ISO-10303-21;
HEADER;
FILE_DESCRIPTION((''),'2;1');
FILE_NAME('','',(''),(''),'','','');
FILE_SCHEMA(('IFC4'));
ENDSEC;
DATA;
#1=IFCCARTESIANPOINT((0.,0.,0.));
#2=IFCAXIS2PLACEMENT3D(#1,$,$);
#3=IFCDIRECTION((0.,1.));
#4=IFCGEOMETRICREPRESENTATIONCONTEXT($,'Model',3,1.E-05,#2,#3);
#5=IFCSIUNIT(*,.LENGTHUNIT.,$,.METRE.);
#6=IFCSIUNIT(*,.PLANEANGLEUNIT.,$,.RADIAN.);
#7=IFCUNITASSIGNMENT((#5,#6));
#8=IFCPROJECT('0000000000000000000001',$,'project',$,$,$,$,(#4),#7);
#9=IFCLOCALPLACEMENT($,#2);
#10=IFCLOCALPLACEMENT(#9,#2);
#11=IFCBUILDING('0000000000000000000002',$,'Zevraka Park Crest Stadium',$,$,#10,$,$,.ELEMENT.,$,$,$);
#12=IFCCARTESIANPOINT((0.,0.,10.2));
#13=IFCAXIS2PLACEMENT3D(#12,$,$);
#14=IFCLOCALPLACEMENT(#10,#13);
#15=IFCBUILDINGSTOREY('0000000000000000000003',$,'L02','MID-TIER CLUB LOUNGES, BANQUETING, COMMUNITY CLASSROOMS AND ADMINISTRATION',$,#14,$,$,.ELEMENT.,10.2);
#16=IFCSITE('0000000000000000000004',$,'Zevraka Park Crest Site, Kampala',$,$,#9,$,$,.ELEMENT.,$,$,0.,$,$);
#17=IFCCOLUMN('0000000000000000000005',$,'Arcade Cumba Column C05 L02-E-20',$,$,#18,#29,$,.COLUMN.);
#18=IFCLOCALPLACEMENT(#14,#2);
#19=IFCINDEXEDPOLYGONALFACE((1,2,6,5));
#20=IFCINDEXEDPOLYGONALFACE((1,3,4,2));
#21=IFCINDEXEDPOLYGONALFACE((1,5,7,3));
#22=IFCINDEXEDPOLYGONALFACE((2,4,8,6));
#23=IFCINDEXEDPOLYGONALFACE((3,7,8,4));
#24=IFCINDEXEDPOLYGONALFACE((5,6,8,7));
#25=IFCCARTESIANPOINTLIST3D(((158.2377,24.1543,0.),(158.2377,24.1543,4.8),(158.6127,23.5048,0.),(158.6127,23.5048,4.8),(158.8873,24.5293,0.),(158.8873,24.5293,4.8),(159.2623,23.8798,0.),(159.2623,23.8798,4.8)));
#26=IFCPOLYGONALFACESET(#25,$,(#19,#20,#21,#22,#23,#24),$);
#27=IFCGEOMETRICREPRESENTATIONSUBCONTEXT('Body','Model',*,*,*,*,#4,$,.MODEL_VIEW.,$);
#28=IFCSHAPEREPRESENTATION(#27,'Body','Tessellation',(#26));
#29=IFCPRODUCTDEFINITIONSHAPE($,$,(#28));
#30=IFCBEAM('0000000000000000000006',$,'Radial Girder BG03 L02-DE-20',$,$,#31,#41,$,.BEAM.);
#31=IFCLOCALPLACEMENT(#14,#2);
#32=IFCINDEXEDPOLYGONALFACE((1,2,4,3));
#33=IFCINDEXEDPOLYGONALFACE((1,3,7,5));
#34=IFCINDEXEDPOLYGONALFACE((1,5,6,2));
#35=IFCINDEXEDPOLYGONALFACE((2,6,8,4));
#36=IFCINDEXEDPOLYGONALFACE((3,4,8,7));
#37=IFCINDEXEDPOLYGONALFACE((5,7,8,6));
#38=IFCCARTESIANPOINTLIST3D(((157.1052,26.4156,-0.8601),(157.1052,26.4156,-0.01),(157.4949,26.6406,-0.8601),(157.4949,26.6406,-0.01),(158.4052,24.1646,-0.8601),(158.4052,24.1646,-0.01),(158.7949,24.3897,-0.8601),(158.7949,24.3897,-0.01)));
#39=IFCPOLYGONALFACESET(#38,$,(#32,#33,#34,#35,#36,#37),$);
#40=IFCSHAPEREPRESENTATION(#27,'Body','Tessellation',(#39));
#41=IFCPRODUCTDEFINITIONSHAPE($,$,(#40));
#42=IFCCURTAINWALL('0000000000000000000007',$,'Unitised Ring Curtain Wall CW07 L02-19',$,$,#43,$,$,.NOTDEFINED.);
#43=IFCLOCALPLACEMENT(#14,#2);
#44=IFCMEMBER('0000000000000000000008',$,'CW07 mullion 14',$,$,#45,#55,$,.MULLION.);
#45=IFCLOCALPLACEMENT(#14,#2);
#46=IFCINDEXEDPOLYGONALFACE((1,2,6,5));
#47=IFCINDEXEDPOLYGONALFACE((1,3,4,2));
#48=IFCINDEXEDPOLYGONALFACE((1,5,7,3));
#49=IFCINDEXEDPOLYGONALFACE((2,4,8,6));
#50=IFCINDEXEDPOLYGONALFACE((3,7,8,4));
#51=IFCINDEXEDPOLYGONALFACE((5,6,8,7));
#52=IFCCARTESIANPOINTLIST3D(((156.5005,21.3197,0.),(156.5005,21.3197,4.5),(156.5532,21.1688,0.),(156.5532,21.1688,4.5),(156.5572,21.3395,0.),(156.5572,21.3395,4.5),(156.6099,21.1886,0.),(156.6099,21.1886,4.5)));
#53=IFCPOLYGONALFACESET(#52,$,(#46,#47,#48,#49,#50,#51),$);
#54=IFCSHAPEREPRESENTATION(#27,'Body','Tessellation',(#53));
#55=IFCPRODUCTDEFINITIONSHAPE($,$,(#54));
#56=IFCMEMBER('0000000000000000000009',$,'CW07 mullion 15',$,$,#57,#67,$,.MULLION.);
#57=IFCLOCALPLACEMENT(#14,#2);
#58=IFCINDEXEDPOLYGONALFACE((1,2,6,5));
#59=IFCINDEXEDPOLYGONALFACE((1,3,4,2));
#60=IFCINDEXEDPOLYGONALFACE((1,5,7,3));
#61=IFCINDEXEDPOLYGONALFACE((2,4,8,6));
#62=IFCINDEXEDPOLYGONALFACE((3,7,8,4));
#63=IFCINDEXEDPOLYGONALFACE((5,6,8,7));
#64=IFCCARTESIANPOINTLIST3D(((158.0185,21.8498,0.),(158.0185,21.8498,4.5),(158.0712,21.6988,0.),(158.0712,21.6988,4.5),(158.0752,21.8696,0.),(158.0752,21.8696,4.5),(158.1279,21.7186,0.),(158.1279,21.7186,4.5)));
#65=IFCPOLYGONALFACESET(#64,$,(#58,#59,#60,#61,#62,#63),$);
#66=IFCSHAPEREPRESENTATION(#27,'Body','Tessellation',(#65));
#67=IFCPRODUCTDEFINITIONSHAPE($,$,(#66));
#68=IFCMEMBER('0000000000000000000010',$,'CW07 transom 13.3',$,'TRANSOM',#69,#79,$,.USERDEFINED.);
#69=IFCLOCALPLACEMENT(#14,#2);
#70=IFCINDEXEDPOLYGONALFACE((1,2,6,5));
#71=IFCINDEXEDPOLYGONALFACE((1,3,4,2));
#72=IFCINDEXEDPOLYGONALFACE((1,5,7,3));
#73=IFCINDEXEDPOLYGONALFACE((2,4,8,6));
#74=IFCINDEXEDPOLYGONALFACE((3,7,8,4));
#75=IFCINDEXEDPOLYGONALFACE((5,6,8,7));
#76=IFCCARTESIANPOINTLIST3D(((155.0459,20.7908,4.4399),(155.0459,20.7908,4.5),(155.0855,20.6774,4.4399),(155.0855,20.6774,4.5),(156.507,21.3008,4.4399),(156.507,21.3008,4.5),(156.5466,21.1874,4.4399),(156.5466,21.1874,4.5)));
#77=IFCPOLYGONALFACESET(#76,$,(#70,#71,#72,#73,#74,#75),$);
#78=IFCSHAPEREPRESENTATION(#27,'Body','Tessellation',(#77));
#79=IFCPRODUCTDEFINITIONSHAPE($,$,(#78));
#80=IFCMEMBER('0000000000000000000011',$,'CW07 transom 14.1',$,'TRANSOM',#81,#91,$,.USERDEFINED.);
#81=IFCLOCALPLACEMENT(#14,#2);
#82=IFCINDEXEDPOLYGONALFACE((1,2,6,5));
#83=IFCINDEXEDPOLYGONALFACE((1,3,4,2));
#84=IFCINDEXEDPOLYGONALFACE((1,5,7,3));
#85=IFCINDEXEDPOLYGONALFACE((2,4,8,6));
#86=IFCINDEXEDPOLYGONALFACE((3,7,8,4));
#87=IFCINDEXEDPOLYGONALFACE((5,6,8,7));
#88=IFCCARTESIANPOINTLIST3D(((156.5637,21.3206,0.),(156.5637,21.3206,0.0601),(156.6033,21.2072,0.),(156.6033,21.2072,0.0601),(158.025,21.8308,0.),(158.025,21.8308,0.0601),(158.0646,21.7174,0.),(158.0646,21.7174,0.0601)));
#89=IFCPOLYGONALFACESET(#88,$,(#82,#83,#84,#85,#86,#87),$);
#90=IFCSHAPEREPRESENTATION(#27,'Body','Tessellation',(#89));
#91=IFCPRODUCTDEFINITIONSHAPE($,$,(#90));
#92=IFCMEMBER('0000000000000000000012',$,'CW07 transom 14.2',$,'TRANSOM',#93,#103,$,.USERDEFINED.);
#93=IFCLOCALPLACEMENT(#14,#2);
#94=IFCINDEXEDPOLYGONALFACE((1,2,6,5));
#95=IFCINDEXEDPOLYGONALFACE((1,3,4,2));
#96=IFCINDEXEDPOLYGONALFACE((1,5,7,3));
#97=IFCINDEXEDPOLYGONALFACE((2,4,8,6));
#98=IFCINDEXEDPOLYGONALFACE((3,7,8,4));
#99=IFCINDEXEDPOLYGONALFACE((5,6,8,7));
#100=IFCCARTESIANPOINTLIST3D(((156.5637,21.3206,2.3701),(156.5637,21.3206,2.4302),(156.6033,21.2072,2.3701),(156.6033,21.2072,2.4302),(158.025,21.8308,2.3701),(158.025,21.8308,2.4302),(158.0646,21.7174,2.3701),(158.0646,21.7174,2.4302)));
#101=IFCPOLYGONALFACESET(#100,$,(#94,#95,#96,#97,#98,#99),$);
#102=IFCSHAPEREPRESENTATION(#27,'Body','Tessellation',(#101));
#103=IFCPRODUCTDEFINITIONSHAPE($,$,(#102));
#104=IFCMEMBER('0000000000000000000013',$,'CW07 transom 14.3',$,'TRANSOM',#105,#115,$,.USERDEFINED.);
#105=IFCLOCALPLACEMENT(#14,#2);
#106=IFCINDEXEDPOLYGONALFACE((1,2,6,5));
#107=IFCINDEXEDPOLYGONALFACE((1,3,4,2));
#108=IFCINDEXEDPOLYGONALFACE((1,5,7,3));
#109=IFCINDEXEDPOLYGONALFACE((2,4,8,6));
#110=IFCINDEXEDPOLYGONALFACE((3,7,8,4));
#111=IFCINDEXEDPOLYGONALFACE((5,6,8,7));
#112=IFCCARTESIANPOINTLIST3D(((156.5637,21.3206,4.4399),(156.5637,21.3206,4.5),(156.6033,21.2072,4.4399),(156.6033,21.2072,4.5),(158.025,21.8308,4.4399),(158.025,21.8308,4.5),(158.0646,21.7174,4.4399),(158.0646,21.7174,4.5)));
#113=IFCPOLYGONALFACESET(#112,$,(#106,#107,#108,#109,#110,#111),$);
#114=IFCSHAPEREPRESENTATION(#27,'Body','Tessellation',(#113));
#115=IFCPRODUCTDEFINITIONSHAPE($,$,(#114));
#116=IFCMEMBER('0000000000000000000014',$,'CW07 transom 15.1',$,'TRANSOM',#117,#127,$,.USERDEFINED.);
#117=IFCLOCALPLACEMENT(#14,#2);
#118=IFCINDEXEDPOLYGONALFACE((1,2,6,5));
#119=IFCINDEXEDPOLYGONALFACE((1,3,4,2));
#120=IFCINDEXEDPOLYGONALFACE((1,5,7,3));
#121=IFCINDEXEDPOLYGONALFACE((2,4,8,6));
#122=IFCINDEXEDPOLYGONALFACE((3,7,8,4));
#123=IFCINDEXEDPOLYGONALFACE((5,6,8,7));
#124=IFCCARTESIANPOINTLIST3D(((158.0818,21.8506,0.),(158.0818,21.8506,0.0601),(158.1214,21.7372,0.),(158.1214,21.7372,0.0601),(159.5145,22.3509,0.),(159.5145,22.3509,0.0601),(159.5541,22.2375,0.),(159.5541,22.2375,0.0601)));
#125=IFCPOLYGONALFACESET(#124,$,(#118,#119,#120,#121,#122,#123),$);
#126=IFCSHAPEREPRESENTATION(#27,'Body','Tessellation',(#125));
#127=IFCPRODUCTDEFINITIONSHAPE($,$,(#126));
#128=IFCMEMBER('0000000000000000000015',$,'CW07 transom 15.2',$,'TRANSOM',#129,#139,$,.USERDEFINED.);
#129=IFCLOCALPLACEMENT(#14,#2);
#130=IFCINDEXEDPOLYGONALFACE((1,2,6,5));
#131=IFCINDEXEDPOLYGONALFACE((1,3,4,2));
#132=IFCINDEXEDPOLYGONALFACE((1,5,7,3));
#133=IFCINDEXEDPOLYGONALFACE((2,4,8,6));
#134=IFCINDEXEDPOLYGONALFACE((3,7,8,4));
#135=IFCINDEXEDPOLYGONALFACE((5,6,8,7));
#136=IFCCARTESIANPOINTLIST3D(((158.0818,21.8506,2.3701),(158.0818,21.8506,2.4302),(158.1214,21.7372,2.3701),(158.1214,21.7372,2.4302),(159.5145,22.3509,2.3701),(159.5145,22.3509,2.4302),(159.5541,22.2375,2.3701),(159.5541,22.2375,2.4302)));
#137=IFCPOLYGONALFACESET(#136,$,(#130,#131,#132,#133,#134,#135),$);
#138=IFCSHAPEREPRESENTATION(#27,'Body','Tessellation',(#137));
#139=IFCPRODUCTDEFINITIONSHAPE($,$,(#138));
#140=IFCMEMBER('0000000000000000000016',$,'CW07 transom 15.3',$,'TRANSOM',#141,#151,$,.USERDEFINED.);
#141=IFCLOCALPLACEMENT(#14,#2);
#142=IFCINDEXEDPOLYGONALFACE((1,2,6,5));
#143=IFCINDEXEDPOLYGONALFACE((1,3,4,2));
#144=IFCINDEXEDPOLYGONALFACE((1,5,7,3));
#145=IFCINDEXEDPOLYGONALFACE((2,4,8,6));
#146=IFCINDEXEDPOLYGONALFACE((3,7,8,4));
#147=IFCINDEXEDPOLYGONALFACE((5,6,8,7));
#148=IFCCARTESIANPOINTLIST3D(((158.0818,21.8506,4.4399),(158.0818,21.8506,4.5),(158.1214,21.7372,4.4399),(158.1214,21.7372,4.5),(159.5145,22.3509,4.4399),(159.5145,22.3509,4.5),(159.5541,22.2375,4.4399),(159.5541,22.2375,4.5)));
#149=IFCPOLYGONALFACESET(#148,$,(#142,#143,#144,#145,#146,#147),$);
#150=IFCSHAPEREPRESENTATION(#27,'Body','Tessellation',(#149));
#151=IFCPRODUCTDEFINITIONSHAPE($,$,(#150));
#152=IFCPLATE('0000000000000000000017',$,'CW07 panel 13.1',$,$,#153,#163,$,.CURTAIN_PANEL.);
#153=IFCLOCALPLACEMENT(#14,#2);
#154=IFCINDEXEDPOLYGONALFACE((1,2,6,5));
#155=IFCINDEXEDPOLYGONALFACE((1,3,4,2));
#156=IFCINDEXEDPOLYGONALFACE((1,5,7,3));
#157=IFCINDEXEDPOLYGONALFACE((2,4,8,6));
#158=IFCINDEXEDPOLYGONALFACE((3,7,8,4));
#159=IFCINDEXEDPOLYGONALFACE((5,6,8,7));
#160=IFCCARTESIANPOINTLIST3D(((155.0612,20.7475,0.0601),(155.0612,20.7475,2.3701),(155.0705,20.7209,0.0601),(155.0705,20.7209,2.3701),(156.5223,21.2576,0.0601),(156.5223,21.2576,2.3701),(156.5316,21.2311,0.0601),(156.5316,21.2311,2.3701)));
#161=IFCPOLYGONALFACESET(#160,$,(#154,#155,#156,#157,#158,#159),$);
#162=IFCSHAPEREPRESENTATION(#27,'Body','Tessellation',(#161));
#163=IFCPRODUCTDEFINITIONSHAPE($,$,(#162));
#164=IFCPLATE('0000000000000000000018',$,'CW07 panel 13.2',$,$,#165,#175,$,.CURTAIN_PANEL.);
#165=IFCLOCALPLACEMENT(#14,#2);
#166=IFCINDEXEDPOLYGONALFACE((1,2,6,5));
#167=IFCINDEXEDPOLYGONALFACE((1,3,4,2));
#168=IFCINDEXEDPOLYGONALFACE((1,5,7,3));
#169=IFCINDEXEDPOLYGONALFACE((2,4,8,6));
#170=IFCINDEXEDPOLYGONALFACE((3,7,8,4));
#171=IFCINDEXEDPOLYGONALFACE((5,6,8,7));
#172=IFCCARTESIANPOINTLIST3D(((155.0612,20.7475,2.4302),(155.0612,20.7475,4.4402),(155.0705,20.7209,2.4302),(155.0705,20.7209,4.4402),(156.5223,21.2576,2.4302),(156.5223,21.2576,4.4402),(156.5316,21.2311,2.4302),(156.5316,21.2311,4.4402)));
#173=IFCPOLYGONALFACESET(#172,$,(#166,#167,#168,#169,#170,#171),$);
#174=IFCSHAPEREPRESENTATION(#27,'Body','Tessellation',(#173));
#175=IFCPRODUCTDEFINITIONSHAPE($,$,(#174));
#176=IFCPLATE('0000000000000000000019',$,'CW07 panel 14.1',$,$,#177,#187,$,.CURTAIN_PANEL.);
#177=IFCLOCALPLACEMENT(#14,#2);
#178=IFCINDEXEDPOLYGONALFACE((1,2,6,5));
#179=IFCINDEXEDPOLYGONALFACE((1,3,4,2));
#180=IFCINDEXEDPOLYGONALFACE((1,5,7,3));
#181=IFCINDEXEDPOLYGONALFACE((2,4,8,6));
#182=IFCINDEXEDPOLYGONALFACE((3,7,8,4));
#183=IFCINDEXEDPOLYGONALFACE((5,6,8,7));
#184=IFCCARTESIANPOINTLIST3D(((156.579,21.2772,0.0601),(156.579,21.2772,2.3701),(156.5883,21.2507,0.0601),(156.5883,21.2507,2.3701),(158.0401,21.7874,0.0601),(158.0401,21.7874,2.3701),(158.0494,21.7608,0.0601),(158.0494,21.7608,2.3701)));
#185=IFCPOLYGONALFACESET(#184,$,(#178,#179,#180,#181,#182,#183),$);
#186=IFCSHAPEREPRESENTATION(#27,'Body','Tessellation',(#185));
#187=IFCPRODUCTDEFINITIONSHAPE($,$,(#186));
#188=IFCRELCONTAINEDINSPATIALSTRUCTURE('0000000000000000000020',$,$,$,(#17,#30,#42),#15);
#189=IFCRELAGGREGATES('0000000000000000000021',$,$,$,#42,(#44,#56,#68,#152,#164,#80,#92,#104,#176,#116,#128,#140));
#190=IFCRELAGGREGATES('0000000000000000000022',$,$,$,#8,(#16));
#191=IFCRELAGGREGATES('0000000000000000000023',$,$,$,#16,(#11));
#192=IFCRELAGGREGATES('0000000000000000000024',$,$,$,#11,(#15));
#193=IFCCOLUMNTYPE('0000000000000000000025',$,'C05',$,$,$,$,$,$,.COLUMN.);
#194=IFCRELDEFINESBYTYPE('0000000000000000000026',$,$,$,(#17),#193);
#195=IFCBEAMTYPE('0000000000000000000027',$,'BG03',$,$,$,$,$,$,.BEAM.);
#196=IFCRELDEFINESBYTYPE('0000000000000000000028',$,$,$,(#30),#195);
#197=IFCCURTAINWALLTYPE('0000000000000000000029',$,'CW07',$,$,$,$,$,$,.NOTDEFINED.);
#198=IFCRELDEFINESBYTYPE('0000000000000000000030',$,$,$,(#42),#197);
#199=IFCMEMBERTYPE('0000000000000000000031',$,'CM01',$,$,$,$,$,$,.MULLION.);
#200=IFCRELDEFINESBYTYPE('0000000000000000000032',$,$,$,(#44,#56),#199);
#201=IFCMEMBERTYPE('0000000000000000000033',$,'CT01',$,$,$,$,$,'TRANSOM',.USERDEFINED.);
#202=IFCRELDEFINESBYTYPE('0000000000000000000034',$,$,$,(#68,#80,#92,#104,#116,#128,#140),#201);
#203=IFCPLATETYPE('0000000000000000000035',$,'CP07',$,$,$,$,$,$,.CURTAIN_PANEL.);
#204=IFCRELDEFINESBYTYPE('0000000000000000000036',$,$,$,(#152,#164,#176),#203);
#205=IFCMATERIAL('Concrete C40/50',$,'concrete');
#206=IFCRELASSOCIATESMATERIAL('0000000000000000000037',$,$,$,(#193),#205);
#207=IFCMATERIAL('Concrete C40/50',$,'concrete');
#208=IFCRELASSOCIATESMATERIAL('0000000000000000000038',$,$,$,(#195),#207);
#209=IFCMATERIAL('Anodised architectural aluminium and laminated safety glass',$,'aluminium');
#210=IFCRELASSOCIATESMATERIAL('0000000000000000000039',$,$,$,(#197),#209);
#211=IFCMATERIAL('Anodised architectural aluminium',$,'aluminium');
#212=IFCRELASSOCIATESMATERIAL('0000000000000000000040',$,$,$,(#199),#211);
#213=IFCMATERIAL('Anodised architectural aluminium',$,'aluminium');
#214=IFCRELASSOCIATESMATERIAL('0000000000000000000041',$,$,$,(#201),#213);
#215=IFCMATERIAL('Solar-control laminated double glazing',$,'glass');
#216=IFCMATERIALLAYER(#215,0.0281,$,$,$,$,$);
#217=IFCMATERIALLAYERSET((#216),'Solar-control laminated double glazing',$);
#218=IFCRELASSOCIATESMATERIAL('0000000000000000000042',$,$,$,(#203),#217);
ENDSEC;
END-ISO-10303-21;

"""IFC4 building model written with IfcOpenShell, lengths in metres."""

from ifc_helpers import new_model, si_unit, direction, frame, origin, origin_2d, place, context, subcontext, project, spatial, rectangle, extrude, material, layer, layer_set, material_profile, profile_set, type_object, element, aggregate, save


model = new_model("IFC4")

# Units and contexts
model_context = context("Model", 3, precision=1e-05, world=origin(), true_north=direction((0.0, 1.0)))
body_context = subcontext(model_context, "Body", "Model", "MODEL_VIEW")
ifc_project = project(units=[si_unit("LENGTHUNIT", "METRE"), si_unit("PLANEANGLEUNIT", "RADIAN")], contexts=[model_context])

# Site, building, storey
site_placement = place(None, origin())
site = spatial("IfcSite", under=ifc_project, at=site_placement, Name="Zevraka Park Crest Site, Kampala", CompositionType="ELEMENT", RefElevation=0.0)
building_placement = place(site_placement, origin())
building = spatial("IfcBuilding", under=site, at=building_placement, Name="Zevraka Park Crest Stadium", CompositionType="ELEMENT")
storey_placement = place(building_placement, frame((0.0, 0.0, 10.2)))
storey = spatial("IfcBuildingStorey", under=building, at=storey_placement, Name="L02", Description="MID-TIER CLUB LOUNGES, BANQUETING, COMMUNITY CLASSROOMS AND ADMINISTRATION", CompositionType="ELEMENT", Elevation=10.2)

# Column
ifc_material_1 = material(Name="Concrete C40/50", Category="concrete")
ifc_material_profile_1 = material_profile(ifc_material_1, rectangle(XDim=0.75, YDim=0.75, at=origin_2d()), Name="RC 750x750")
ifc_profile_set_1 = profile_set([ifc_material_profile_1], Name="Concrete C40/50")
column_type = type_object("IfcColumnType", Name="C05", PredefinedType="COLUMN", material=ifc_profile_set_1)
column_placement = place(storey_placement, frame((158.75, 24.0171, 0.0), z_axis=(0.0, 0.0, 1.0), x_axis=(-0.5, 0.866025, 0.0)))
element("IfcColumn", 1, at=column_placement, inside=storey, type_object=column_type, Name="Arcade Cumba Column C05 L02-E-20", PredefinedType="COLUMN", context=body_context, shape_type="SweptSolid", body=[
    extrude(rectangle(XDim=0.75, YDim=0.75, at=origin_2d()), origin(), (0.0, 0.0, 1.0), 4.8),
])

# Beam
ifc_material_2 = material(Name="Concrete C40/50", Category="concrete")
ifc_material_profile_2 = material_profile(ifc_material_2, rectangle(XDim=0.45, YDim=0.8501, at=origin_2d()), Name="RC 850x450")
ifc_profile_set_2 = profile_set([ifc_material_profile_2], Name="Concrete C40/50")
beam_type = type_object("IfcBeamType", Name="BG03", PredefinedType="BEAM", material=ifc_profile_set_2)
beam_placement = place(storey_placement, frame((157.3, 26.5281, -0.4351), z_axis=(0.500129, -0.865951, 0.0), x_axis=(0.865951, 0.500129, 0.0)))
element("IfcBeam", 2, at=beam_placement, inside=storey, type_object=beam_type, Name="Radial Girder BG03 L02-DE-20", PredefinedType="BEAM", context=body_context, shape_type="SweptSolid", body=[
    extrude(rectangle(XDim=0.45, YDim=0.8501, at=origin_2d()), origin(), (0.0, 0.0, 1.0), 2.5994),
])

# Curtain wall, members, plates
ifc_material_3 = material(Name="Anodised architectural aluminium and laminated safety glass", Category="aluminium")
curtain_wall_type = type_object("IfcCurtainWallType", Name="CW07", PredefinedType="NOTDEFINED", material=ifc_material_3)
curtain_wall_placement = place(storey_placement, origin())
curtain_wall = element("IfcCurtainWall", 3, at=curtain_wall_placement, inside=storey, type_object=curtain_wall_type, Name="Unitised Ring Curtain Wall CW07 L02-19", PredefinedType="NOTDEFINED")
ifc_material_4 = material(Name="Anodised architectural aluminium", Category="aluminium")
ifc_material_profile_3 = material_profile(ifc_material_4, rectangle(XDim=0.1599, YDim=0.0601, at=origin_2d()), Name="ALU MULLION 160x60")
ifc_profile_set_3 = profile_set([ifc_material_profile_3], Name="Anodised architectural aluminium")
member_type_1 = type_object("IfcMemberType", Name="CM01", PredefinedType="MULLION", material=ifc_profile_set_3)
member_1_placement = place(storey_placement, frame((156.5552, 21.2542, 0.0), z_axis=(0.0, 0.0, 1.0), x_axis=(-0.329619, 0.944114, 0.0)))
member_1 = element("IfcMember", 4, at=member_1_placement, type_object=member_type_1, Name="CW07 mullion 14", PredefinedType="MULLION", context=body_context, shape_type="SweptSolid", body=[
    extrude(rectangle(XDim=0.1599, YDim=0.0601, at=origin_2d()), origin(), (0.0, 0.0, 1.0), 4.5),
])
member_2_placement = place(storey_placement, frame((158.0732, 21.7842, 0.0), z_axis=(0.0, 0.0, 1.0), x_axis=(-0.329619, 0.944114, 0.0)))
member_2 = element("IfcMember", 5, at=member_2_placement, type_object=member_type_1, Name="CW07 mullion 15", PredefinedType="MULLION", context=body_context, shape_type="SweptSolid", body=[
    extrude(rectangle(XDim=0.1599, YDim=0.0601, at=origin_2d()), origin(), (0.0, 0.0, 1.0), 4.5),
])
ifc_material_5 = material(Name="Anodised architectural aluminium", Category="aluminium")
ifc_material_profile_4 = material_profile(ifc_material_5, rectangle(XDim=0.1201, YDim=0.0601, at=origin_2d()), Name="ALU TRANSOM 120x60")
ifc_profile_set_4 = profile_set([ifc_material_profile_4], Name="Anodised architectural aluminium")
member_type_2 = type_object("IfcMemberType", Name="CT01", ElementType="TRANSOM", PredefinedType="USERDEFINED", material=ifc_profile_set_4)
member_3_placement = place(storey_placement, frame((155.0657, 20.7341, 4.47), z_axis=(0.944141, 0.329542, 0.0), x_axis=(-0.329542, 0.944141, 0.0)))
member_3 = element("IfcMember", 6, at=member_3_placement, type_object=member_type_2, Name="CW07 transom 13.3", ObjectType="TRANSOM", PredefinedType="USERDEFINED", context=body_context, shape_type="SweptSolid", body=[
    extrude(rectangle(XDim=0.1201, YDim=0.0601, at=origin_2d()), origin(), (0.0, 0.0, 1.0), 1.5476),
])
member_4_placement = place(storey_placement, frame((156.5835, 21.2639, 0.03), z_axis=(0.944109, 0.329634, 0.0), x_axis=(-0.329634, 0.944109, 0.0)))
member_4 = element("IfcMember", 7, at=member_4_placement, type_object=member_type_2, Name="CW07 transom 14.1", ObjectType="TRANSOM", PredefinedType="USERDEFINED", context=body_context, shape_type="SweptSolid", body=[
    extrude(rectangle(XDim=0.1201, YDim=0.0601, at=origin_2d()), origin(), (0.0, 0.0, 1.0), 1.5479),
])
member_5_placement = place(storey_placement, frame((156.5835, 21.2639, 2.4001), z_axis=(0.944109, 0.329634, 0.0), x_axis=(-0.329634, 0.944109, 0.0)))
member_5 = element("IfcMember", 8, at=member_5_placement, type_object=member_type_2, Name="CW07 transom 14.2", ObjectType="TRANSOM", PredefinedType="USERDEFINED", context=body_context, shape_type="SweptSolid", body=[
    extrude(rectangle(XDim=0.1201, YDim=0.0601, at=origin_2d()), origin(), (0.0, 0.0, 1.0), 1.5479),
])
member_6_placement = place(storey_placement, frame((156.5835, 21.2639, 4.47), z_axis=(0.944109, 0.329634, 0.0), x_axis=(-0.329634, 0.944109, 0.0)))
member_6 = element("IfcMember", 9, at=member_6_placement, type_object=member_type_2, Name="CW07 transom 14.3", ObjectType="TRANSOM", PredefinedType="USERDEFINED", context=body_context, shape_type="SweptSolid", body=[
    extrude(rectangle(XDim=0.1201, YDim=0.0601, at=origin_2d()), origin(), (0.0, 0.0, 1.0), 1.5479),
])
member_7_placement = place(storey_placement, frame((158.1016, 21.7939, 0.03), z_axis=(0.944116, 0.329612, 0.0), x_axis=(-0.329612, 0.944116, 0.0)))
member_7 = element("IfcMember", 10, at=member_7_placement, type_object=member_type_2, Name="CW07 transom 15.1", ObjectType="TRANSOM", PredefinedType="USERDEFINED", context=body_context, shape_type="SweptSolid", body=[
    extrude(rectangle(XDim=0.1201, YDim=0.0601, at=origin_2d()), origin(), (0.0, 0.0, 1.0), 1.5176),
])
member_8_placement = place(storey_placement, frame((158.1016, 21.7939, 2.4001), z_axis=(0.944116, 0.329612, 0.0), x_axis=(-0.329612, 0.944116, 0.0)))
member_8 = element("IfcMember", 11, at=member_8_placement, type_object=member_type_2, Name="CW07 transom 15.2", ObjectType="TRANSOM", PredefinedType="USERDEFINED", context=body_context, shape_type="SweptSolid", body=[
    extrude(rectangle(XDim=0.1201, YDim=0.0601, at=origin_2d()), origin(), (0.0, 0.0, 1.0), 1.5176),
])
member_9_placement = place(storey_placement, frame((158.1016, 21.7939, 4.47), z_axis=(0.944116, 0.329612, 0.0), x_axis=(-0.329612, 0.944116, 0.0)))
member_9 = element("IfcMember", 12, at=member_9_placement, type_object=member_type_2, Name="CW07 transom 15.3", ObjectType="TRANSOM", PredefinedType="USERDEFINED", context=body_context, shape_type="SweptSolid", body=[
    extrude(rectangle(XDim=0.1201, YDim=0.0601, at=origin_2d()), origin(), (0.0, 0.0, 1.0), 1.5176),
])
ifc_material_6 = material(Name="Solar-control laminated double glazing", Category="glass")
ifc_layer_1 = layer(ifc_material_6, 0.0281)
ifc_layer_set_1 = layer_set([ifc_layer_1], Name="Solar-control laminated double glazing")
plate_type = type_object("IfcPlateType", Name="CP07", PredefinedType="CURTAIN_PANEL", material=ifc_layer_set_1)
plate_1_placement = place(storey_placement, frame((155.7964, 20.9893, 0.0601), z_axis=(0.0, 0.0, 1.0), x_axis=(0.944114, 0.329619, 0.0)))
plate_1 = element("IfcPlate", 13, at=plate_1_placement, type_object=plate_type, Name="CW07 panel 13.1", PredefinedType="CURTAIN_PANEL", context=body_context, shape_type="SweptSolid", body=[
    extrude(rectangle(XDim=1.5476, YDim=0.0281, at=origin_2d()), origin(), (0.0, 0.0, 1.0), 2.3101),
])
plate_2_placement = place(storey_placement, frame((155.7964, 20.9893, 2.4302), z_axis=(0.0, 0.0, 1.0), x_axis=(0.944114, 0.329619, 0.0)))
plate_2 = element("IfcPlate", 14, at=plate_2_placement, type_object=plate_type, Name="CW07 panel 13.2", PredefinedType="CURTAIN_PANEL", context=body_context, shape_type="SweptSolid", body=[
    extrude(rectangle(XDim=1.5476, YDim=0.0281, at=origin_2d()), origin(), (0.0, 0.0, 1.0), 2.01),
])
plate_3_placement = place(storey_placement, frame((157.3142, 21.519, 0.0601), z_axis=(0.0, 0.0, 1.0), x_axis=(0.944114, 0.329619, 0.0)))
plate_3 = element("IfcPlate", 15, at=plate_3_placement, type_object=plate_type, Name="CW07 panel 14.1", PredefinedType="CURTAIN_PANEL", context=body_context, shape_type="SweptSolid", body=[
    extrude(rectangle(XDim=1.5476, YDim=0.0281, at=origin_2d()), origin(), (0.0, 0.0, 1.0), 2.3101),
])
aggregate(curtain_wall, [member_1, member_2, member_3, plate_1, plate_2, member_4, member_5, member_6, plate_3, member_7, member_8, member_9])

save(model, "model.ifc")
